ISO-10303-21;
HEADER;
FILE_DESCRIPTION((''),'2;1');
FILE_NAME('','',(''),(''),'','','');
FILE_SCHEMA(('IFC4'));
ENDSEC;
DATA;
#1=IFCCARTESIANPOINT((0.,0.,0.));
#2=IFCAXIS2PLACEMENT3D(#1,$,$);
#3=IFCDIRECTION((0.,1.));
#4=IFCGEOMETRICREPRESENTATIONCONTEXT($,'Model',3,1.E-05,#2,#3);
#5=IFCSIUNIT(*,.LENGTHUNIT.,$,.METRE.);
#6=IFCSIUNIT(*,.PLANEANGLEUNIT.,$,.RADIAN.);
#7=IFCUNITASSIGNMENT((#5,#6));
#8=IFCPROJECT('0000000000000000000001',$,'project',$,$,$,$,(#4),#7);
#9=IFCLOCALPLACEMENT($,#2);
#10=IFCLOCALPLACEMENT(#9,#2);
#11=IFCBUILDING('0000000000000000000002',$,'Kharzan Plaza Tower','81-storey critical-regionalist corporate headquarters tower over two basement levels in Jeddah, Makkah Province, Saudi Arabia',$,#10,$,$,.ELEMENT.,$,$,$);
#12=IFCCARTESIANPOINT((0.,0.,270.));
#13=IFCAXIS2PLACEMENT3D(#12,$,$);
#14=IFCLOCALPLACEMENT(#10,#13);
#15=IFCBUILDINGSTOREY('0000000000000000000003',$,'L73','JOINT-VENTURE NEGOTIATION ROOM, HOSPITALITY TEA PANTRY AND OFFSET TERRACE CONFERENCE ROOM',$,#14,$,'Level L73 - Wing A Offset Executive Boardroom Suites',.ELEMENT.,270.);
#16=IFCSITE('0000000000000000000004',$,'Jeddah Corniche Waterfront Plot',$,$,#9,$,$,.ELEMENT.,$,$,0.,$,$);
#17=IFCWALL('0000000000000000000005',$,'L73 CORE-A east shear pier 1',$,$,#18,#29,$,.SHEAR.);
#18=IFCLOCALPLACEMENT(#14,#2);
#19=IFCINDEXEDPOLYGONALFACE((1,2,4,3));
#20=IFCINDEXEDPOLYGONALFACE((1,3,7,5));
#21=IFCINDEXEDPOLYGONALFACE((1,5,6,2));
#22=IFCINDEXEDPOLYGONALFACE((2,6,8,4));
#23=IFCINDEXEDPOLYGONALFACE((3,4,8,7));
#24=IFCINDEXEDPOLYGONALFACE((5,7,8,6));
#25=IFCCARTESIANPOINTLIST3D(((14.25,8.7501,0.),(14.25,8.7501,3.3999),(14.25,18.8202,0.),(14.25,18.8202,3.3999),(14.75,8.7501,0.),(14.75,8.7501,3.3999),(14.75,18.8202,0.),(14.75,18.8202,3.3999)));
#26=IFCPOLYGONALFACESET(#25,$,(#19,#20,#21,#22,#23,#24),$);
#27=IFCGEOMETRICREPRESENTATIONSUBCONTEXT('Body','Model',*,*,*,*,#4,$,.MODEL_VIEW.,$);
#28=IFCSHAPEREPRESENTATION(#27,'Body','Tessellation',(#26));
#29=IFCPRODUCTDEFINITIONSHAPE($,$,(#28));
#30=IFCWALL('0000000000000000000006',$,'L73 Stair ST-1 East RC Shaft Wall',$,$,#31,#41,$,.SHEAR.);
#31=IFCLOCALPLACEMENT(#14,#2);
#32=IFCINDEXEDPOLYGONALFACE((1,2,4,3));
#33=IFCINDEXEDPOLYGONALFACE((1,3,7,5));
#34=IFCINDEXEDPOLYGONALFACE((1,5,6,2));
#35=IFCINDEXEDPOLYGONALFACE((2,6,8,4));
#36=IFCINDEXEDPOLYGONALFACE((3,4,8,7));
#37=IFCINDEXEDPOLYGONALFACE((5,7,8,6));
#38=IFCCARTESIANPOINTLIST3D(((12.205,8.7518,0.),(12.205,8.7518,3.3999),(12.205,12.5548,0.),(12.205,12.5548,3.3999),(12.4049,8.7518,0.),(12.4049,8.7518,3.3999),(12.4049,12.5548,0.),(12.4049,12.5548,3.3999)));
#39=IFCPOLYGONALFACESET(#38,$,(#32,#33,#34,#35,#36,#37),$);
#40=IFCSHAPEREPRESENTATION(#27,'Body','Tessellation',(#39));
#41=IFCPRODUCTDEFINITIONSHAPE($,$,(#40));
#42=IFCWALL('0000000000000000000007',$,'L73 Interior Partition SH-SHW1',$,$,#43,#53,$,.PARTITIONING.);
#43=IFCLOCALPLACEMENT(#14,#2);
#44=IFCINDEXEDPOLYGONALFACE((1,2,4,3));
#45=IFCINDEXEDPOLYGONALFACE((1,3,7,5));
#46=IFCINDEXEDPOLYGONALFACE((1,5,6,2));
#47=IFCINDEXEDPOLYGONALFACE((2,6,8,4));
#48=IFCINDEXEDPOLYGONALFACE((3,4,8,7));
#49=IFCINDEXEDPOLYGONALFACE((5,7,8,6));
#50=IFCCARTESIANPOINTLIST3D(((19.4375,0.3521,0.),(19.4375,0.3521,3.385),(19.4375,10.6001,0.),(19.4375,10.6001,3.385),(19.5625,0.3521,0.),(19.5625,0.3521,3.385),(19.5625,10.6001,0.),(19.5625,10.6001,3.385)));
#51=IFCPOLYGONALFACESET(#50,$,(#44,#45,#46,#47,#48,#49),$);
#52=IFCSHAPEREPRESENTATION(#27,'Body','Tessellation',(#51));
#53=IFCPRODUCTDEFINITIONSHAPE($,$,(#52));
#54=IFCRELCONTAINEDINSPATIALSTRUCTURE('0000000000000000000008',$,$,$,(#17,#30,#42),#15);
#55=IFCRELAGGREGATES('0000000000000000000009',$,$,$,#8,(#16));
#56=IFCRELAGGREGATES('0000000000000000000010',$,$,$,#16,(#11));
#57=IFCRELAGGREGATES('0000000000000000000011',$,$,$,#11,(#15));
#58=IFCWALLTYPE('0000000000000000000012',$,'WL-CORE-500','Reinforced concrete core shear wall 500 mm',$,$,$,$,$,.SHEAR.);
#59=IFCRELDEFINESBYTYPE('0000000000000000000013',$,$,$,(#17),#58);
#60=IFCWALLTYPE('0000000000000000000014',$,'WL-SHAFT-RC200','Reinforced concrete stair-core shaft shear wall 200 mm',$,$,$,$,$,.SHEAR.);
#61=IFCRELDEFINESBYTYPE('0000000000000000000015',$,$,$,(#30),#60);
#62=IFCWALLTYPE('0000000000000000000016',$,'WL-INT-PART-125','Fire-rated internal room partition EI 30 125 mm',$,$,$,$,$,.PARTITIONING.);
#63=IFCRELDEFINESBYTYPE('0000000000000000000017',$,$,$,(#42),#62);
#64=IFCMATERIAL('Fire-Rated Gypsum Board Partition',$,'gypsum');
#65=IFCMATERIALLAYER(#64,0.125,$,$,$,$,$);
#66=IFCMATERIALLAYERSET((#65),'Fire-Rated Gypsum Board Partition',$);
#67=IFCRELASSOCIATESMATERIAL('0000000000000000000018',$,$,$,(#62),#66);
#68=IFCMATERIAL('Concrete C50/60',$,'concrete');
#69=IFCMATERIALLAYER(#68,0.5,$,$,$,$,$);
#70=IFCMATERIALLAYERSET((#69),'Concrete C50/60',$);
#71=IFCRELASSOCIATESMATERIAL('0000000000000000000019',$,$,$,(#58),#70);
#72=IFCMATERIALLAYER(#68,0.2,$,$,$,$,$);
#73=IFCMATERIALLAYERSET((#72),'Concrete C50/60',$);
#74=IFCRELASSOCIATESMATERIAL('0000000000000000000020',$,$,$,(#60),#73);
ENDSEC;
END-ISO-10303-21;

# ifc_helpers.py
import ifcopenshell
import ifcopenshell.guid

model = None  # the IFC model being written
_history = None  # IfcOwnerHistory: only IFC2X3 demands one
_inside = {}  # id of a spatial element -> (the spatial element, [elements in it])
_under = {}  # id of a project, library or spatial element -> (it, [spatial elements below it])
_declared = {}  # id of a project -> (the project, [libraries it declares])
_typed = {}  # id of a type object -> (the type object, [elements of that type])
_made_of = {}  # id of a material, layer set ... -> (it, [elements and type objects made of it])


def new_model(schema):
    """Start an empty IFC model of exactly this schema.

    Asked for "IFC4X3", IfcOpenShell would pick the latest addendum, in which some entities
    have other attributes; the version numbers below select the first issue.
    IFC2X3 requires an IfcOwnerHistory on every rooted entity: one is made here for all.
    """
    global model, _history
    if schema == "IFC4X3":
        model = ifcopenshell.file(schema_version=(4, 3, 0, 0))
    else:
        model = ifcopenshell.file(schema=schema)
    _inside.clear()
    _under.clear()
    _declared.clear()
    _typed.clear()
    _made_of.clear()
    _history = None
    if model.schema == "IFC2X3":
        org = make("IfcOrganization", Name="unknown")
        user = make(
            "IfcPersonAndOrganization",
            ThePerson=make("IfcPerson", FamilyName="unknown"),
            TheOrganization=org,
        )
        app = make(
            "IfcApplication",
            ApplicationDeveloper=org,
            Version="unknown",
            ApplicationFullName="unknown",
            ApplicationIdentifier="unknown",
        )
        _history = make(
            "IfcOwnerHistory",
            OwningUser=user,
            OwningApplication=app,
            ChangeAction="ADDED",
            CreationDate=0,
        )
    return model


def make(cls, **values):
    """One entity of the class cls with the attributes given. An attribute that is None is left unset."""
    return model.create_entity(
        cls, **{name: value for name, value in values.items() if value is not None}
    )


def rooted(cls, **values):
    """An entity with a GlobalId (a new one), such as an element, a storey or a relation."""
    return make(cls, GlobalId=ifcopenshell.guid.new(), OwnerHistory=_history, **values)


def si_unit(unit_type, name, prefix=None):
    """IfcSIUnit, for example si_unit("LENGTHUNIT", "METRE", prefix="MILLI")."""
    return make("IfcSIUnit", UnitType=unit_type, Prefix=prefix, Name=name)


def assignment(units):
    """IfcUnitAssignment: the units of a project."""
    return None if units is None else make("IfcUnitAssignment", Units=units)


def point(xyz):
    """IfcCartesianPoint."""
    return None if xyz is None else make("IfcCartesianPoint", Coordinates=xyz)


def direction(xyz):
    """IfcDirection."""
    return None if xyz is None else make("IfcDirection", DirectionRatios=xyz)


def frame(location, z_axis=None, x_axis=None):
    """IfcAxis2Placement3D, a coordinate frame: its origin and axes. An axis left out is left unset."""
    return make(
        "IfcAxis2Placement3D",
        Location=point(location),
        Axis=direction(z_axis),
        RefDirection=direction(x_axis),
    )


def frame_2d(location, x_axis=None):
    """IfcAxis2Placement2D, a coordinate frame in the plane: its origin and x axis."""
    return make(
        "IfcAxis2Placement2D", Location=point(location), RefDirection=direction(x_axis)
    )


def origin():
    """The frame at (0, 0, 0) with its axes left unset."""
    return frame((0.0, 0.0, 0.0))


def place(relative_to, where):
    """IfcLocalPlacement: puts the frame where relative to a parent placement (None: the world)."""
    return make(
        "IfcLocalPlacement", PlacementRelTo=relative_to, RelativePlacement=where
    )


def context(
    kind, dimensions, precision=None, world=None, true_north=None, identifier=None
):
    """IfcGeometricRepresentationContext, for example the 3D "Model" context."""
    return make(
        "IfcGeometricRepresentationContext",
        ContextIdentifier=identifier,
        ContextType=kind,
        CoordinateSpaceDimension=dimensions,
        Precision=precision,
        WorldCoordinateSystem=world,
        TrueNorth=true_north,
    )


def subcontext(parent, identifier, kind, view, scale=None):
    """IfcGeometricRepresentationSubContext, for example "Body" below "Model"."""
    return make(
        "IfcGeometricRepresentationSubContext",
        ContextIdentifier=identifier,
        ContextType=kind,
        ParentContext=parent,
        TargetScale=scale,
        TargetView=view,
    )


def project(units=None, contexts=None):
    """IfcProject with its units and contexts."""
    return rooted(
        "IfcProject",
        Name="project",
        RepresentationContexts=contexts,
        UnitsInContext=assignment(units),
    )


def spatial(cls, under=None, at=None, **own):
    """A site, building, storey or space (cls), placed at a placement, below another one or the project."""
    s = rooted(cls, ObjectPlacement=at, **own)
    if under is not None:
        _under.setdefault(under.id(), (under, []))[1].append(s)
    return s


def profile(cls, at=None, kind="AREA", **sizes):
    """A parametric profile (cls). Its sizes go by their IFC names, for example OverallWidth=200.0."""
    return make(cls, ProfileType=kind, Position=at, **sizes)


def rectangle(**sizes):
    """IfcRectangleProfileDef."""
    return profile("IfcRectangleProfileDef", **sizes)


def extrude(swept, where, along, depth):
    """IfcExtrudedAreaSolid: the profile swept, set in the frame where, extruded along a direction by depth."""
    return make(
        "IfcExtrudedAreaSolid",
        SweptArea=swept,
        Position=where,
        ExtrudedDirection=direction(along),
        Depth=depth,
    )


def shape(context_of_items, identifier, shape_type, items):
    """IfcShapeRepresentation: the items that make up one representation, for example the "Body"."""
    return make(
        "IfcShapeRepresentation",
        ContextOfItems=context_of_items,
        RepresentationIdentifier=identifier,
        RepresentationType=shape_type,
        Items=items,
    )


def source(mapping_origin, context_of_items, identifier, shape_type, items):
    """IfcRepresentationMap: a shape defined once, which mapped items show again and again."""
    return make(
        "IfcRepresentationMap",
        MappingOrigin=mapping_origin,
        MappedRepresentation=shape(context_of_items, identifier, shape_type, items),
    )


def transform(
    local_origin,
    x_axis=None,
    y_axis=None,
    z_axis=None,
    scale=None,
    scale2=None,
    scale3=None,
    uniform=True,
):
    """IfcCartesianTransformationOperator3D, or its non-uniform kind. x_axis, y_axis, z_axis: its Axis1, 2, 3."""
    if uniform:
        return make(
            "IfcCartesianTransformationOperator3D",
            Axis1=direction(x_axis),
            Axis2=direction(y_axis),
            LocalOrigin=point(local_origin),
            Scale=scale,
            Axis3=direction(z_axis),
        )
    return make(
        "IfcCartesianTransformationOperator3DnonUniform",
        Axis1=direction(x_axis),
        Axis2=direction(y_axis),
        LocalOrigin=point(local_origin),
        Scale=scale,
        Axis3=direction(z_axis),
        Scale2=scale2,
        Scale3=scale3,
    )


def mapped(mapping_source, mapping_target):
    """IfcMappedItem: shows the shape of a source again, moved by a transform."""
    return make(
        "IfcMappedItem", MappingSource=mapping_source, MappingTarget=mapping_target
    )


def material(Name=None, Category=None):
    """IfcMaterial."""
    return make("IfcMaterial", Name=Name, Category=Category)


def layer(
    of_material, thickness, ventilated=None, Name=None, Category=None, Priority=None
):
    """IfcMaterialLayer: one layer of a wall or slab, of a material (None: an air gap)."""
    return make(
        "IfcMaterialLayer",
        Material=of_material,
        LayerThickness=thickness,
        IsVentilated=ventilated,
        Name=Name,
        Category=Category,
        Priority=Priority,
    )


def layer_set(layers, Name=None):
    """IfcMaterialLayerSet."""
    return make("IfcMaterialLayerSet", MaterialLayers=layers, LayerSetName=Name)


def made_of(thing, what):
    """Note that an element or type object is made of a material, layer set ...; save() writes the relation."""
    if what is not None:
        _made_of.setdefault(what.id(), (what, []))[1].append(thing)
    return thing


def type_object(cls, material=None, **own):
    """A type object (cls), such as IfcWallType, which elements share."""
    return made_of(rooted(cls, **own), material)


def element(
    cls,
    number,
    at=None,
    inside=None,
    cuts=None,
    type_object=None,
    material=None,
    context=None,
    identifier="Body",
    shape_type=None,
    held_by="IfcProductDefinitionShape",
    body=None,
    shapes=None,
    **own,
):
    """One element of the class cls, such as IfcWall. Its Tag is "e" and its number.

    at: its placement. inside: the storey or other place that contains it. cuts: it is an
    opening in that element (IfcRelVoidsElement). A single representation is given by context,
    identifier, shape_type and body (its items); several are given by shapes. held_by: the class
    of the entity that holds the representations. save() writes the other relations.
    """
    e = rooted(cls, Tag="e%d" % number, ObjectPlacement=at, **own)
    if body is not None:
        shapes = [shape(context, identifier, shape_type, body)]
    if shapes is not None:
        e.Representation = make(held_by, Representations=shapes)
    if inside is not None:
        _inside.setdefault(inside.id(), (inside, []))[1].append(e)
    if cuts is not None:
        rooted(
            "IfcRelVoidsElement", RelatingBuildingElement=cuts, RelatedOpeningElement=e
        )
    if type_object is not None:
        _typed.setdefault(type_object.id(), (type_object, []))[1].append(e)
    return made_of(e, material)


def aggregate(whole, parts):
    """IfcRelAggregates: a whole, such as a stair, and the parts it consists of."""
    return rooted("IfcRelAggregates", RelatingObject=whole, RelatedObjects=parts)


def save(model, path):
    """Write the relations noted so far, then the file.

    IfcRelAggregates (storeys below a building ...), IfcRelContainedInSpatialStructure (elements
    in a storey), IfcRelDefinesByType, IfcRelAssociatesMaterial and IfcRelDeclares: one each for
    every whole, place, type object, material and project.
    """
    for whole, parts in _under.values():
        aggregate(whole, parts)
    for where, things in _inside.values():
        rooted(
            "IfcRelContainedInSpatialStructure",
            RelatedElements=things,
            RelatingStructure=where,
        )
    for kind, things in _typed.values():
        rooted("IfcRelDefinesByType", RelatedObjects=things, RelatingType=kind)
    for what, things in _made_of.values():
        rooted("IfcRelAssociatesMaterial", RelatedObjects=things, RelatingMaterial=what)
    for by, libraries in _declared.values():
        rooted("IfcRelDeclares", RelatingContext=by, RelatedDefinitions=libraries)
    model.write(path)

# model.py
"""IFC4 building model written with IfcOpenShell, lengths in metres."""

from ifc_helpers import new_model, si_unit, direction, frame, frame_2d, origin, place, context, subcontext, project, spatial, rectangle, extrude, source, transform, mapped, material, layer, layer_set, type_object, element, save


model = new_model("IFC4")

# Units and contexts
model_context = context("Model", 3, precision=1e-05, world=origin(), true_north=direction((0.0, 1.0)))
body_context = subcontext(model_context, "Body", "Model", "MODEL_VIEW")
ifc_project = project(units=[si_unit("LENGTHUNIT", "METRE"), si_unit("PLANEANGLEUNIT", "RADIAN")], contexts=[model_context])

# Site, building, storey
site_placement = place(None, origin())
site = spatial("IfcSite", under=ifc_project, at=site_placement, Name="Jeddah Corniche Waterfront Plot", CompositionType="ELEMENT", RefElevation=0.0)
building_placement = place(site_placement, origin())
building = spatial("IfcBuilding", under=site, at=building_placement, Name="Kharzan Plaza Tower", Description="81-storey critical-regionalist corporate headquarters tower over two basement levels in Jeddah, Makkah Province, Saudi Arabia", CompositionType="ELEMENT")
storey_placement = place(building_placement, frame((0.0, 0.0, 270.0)))
storey = spatial("IfcBuildingStorey", under=building, at=storey_placement, Name="L73", Description="JOINT-VENTURE NEGOTIATION ROOM, HOSPITALITY TEA PANTRY AND OFFSET TERRACE CONFERENCE ROOM", LongName="Level L73 - Wing A Offset Executive Boardroom Suites", CompositionType="ELEMENT", Elevation=270.0)

# Shared definitions
ifc_material_1 = material(Name="Concrete C50/60", Category="concrete")

# Shared definitions
ifc_material_2 = material(Name="Fire-Rated Gypsum Board Partition", Category="gypsum")
ifc_layer_1 = layer(ifc_material_2, 0.125)
ifc_layer_set_1 = layer_set([ifc_layer_1], Name="Fire-Rated Gypsum Board Partition")
wall_type_1 = type_object("IfcWallType", Name="WL-INT-PART-125", Description="Fire-rated internal room partition EI 30 125 mm", PredefinedType="PARTITIONING", material=ifc_layer_set_1)

# Walls
ifc_layer_2 = layer(ifc_material_1, 0.5)
ifc_layer_set_2 = layer_set([ifc_layer_2], Name="Concrete C50/60")
wall_type_2 = type_object("IfcWallType", Name="WL-CORE-500", Description="Reinforced concrete core shear wall 500 mm", PredefinedType="SHEAR", material=ifc_layer_set_2)
shared_shape_1 = source(origin(), body_context, "Body", "SweptSolid", [
    extrude(rectangle(XDim=10.0701, YDim=0.5, at=frame_2d((5.0352, 0.0))), origin(), (0.0, 0.0, 1.0), 3.3999),
])
wall_1_placement = place(storey_placement, frame((14.5, 8.75, 0.0), z_axis=(0.0, 0.0, 1.0), x_axis=(0.0, 1.0, 0.0)))
element("IfcWall", 1, at=wall_1_placement, inside=storey, type_object=wall_type_2, Name="L73 CORE-A east shear pier 1", PredefinedType="SHEAR", context=body_context, shape_type="MappedRepresentation", body=[
    mapped(shared_shape_1, transform((0.0, 0.0, 0.0), x_axis=(1.0, 0.0, 0.0), y_axis=(0.0, 1.0, 0.0), z_axis=(0.0, 0.0, 1.0))),
])
ifc_layer_3 = layer(ifc_material_1, 0.2)
ifc_layer_set_3 = layer_set([ifc_layer_3], Name="Concrete C50/60")
wall_type_3 = type_object("IfcWallType", Name="WL-SHAFT-RC200", Description="Reinforced concrete stair-core shaft shear wall 200 mm", PredefinedType="SHEAR", material=ifc_layer_set_3)
shared_shape_2 = source(origin(), body_context, "Body", "SweptSolid", [
    extrude(rectangle(XDim=3.803, YDim=0.2, at=frame_2d((1.9014, 0.0))), origin(), (0.0, 0.0, 1.0), 3.3999),
])
wall_2_placement = place(storey_placement, frame((12.3049, 8.752, 0.0), z_axis=(0.0, 0.0, 1.0), x_axis=(0.0, 1.0, 0.0)))
element("IfcWall", 2, at=wall_2_placement, inside=storey, type_object=wall_type_3, Name="L73 Stair ST-1 East RC Shaft Wall", PredefinedType="SHEAR", context=body_context, shape_type="MappedRepresentation", body=[
    mapped(shared_shape_2, transform((0.0, 0.0, 0.0), x_axis=(1.0, 0.0, 0.0), y_axis=(0.0, 1.0, 0.0), z_axis=(0.0, 0.0, 1.0))),
])
shared_shape_3 = source(origin(), body_context, "Body", "SweptSolid", [
    extrude(rectangle(XDim=10.248, YDim=0.125, at=frame_2d((5.124, 0.0))), origin(), (0.0, 0.0, 1.0), 3.385),
])
wall_3_placement = place(storey_placement, frame((19.5, 0.3521, 0.0), z_axis=(0.0, 0.0, 1.0), x_axis=(0.0, 1.0, 0.0)))
element("IfcWall", 3, at=wall_3_placement, inside=storey, type_object=wall_type_1, Name="L73 Interior Partition SH-SHW1", PredefinedType="PARTITIONING", context=body_context, shape_type="MappedRepresentation", body=[
    mapped(shared_shape_3, transform((0.0, 0.0, 0.0), x_axis=(1.0, 0.0, 0.0), y_axis=(0.0, 1.0, 0.0), z_axis=(0.0, 0.0, 1.0))),
])

save(model, "model.ifc")
